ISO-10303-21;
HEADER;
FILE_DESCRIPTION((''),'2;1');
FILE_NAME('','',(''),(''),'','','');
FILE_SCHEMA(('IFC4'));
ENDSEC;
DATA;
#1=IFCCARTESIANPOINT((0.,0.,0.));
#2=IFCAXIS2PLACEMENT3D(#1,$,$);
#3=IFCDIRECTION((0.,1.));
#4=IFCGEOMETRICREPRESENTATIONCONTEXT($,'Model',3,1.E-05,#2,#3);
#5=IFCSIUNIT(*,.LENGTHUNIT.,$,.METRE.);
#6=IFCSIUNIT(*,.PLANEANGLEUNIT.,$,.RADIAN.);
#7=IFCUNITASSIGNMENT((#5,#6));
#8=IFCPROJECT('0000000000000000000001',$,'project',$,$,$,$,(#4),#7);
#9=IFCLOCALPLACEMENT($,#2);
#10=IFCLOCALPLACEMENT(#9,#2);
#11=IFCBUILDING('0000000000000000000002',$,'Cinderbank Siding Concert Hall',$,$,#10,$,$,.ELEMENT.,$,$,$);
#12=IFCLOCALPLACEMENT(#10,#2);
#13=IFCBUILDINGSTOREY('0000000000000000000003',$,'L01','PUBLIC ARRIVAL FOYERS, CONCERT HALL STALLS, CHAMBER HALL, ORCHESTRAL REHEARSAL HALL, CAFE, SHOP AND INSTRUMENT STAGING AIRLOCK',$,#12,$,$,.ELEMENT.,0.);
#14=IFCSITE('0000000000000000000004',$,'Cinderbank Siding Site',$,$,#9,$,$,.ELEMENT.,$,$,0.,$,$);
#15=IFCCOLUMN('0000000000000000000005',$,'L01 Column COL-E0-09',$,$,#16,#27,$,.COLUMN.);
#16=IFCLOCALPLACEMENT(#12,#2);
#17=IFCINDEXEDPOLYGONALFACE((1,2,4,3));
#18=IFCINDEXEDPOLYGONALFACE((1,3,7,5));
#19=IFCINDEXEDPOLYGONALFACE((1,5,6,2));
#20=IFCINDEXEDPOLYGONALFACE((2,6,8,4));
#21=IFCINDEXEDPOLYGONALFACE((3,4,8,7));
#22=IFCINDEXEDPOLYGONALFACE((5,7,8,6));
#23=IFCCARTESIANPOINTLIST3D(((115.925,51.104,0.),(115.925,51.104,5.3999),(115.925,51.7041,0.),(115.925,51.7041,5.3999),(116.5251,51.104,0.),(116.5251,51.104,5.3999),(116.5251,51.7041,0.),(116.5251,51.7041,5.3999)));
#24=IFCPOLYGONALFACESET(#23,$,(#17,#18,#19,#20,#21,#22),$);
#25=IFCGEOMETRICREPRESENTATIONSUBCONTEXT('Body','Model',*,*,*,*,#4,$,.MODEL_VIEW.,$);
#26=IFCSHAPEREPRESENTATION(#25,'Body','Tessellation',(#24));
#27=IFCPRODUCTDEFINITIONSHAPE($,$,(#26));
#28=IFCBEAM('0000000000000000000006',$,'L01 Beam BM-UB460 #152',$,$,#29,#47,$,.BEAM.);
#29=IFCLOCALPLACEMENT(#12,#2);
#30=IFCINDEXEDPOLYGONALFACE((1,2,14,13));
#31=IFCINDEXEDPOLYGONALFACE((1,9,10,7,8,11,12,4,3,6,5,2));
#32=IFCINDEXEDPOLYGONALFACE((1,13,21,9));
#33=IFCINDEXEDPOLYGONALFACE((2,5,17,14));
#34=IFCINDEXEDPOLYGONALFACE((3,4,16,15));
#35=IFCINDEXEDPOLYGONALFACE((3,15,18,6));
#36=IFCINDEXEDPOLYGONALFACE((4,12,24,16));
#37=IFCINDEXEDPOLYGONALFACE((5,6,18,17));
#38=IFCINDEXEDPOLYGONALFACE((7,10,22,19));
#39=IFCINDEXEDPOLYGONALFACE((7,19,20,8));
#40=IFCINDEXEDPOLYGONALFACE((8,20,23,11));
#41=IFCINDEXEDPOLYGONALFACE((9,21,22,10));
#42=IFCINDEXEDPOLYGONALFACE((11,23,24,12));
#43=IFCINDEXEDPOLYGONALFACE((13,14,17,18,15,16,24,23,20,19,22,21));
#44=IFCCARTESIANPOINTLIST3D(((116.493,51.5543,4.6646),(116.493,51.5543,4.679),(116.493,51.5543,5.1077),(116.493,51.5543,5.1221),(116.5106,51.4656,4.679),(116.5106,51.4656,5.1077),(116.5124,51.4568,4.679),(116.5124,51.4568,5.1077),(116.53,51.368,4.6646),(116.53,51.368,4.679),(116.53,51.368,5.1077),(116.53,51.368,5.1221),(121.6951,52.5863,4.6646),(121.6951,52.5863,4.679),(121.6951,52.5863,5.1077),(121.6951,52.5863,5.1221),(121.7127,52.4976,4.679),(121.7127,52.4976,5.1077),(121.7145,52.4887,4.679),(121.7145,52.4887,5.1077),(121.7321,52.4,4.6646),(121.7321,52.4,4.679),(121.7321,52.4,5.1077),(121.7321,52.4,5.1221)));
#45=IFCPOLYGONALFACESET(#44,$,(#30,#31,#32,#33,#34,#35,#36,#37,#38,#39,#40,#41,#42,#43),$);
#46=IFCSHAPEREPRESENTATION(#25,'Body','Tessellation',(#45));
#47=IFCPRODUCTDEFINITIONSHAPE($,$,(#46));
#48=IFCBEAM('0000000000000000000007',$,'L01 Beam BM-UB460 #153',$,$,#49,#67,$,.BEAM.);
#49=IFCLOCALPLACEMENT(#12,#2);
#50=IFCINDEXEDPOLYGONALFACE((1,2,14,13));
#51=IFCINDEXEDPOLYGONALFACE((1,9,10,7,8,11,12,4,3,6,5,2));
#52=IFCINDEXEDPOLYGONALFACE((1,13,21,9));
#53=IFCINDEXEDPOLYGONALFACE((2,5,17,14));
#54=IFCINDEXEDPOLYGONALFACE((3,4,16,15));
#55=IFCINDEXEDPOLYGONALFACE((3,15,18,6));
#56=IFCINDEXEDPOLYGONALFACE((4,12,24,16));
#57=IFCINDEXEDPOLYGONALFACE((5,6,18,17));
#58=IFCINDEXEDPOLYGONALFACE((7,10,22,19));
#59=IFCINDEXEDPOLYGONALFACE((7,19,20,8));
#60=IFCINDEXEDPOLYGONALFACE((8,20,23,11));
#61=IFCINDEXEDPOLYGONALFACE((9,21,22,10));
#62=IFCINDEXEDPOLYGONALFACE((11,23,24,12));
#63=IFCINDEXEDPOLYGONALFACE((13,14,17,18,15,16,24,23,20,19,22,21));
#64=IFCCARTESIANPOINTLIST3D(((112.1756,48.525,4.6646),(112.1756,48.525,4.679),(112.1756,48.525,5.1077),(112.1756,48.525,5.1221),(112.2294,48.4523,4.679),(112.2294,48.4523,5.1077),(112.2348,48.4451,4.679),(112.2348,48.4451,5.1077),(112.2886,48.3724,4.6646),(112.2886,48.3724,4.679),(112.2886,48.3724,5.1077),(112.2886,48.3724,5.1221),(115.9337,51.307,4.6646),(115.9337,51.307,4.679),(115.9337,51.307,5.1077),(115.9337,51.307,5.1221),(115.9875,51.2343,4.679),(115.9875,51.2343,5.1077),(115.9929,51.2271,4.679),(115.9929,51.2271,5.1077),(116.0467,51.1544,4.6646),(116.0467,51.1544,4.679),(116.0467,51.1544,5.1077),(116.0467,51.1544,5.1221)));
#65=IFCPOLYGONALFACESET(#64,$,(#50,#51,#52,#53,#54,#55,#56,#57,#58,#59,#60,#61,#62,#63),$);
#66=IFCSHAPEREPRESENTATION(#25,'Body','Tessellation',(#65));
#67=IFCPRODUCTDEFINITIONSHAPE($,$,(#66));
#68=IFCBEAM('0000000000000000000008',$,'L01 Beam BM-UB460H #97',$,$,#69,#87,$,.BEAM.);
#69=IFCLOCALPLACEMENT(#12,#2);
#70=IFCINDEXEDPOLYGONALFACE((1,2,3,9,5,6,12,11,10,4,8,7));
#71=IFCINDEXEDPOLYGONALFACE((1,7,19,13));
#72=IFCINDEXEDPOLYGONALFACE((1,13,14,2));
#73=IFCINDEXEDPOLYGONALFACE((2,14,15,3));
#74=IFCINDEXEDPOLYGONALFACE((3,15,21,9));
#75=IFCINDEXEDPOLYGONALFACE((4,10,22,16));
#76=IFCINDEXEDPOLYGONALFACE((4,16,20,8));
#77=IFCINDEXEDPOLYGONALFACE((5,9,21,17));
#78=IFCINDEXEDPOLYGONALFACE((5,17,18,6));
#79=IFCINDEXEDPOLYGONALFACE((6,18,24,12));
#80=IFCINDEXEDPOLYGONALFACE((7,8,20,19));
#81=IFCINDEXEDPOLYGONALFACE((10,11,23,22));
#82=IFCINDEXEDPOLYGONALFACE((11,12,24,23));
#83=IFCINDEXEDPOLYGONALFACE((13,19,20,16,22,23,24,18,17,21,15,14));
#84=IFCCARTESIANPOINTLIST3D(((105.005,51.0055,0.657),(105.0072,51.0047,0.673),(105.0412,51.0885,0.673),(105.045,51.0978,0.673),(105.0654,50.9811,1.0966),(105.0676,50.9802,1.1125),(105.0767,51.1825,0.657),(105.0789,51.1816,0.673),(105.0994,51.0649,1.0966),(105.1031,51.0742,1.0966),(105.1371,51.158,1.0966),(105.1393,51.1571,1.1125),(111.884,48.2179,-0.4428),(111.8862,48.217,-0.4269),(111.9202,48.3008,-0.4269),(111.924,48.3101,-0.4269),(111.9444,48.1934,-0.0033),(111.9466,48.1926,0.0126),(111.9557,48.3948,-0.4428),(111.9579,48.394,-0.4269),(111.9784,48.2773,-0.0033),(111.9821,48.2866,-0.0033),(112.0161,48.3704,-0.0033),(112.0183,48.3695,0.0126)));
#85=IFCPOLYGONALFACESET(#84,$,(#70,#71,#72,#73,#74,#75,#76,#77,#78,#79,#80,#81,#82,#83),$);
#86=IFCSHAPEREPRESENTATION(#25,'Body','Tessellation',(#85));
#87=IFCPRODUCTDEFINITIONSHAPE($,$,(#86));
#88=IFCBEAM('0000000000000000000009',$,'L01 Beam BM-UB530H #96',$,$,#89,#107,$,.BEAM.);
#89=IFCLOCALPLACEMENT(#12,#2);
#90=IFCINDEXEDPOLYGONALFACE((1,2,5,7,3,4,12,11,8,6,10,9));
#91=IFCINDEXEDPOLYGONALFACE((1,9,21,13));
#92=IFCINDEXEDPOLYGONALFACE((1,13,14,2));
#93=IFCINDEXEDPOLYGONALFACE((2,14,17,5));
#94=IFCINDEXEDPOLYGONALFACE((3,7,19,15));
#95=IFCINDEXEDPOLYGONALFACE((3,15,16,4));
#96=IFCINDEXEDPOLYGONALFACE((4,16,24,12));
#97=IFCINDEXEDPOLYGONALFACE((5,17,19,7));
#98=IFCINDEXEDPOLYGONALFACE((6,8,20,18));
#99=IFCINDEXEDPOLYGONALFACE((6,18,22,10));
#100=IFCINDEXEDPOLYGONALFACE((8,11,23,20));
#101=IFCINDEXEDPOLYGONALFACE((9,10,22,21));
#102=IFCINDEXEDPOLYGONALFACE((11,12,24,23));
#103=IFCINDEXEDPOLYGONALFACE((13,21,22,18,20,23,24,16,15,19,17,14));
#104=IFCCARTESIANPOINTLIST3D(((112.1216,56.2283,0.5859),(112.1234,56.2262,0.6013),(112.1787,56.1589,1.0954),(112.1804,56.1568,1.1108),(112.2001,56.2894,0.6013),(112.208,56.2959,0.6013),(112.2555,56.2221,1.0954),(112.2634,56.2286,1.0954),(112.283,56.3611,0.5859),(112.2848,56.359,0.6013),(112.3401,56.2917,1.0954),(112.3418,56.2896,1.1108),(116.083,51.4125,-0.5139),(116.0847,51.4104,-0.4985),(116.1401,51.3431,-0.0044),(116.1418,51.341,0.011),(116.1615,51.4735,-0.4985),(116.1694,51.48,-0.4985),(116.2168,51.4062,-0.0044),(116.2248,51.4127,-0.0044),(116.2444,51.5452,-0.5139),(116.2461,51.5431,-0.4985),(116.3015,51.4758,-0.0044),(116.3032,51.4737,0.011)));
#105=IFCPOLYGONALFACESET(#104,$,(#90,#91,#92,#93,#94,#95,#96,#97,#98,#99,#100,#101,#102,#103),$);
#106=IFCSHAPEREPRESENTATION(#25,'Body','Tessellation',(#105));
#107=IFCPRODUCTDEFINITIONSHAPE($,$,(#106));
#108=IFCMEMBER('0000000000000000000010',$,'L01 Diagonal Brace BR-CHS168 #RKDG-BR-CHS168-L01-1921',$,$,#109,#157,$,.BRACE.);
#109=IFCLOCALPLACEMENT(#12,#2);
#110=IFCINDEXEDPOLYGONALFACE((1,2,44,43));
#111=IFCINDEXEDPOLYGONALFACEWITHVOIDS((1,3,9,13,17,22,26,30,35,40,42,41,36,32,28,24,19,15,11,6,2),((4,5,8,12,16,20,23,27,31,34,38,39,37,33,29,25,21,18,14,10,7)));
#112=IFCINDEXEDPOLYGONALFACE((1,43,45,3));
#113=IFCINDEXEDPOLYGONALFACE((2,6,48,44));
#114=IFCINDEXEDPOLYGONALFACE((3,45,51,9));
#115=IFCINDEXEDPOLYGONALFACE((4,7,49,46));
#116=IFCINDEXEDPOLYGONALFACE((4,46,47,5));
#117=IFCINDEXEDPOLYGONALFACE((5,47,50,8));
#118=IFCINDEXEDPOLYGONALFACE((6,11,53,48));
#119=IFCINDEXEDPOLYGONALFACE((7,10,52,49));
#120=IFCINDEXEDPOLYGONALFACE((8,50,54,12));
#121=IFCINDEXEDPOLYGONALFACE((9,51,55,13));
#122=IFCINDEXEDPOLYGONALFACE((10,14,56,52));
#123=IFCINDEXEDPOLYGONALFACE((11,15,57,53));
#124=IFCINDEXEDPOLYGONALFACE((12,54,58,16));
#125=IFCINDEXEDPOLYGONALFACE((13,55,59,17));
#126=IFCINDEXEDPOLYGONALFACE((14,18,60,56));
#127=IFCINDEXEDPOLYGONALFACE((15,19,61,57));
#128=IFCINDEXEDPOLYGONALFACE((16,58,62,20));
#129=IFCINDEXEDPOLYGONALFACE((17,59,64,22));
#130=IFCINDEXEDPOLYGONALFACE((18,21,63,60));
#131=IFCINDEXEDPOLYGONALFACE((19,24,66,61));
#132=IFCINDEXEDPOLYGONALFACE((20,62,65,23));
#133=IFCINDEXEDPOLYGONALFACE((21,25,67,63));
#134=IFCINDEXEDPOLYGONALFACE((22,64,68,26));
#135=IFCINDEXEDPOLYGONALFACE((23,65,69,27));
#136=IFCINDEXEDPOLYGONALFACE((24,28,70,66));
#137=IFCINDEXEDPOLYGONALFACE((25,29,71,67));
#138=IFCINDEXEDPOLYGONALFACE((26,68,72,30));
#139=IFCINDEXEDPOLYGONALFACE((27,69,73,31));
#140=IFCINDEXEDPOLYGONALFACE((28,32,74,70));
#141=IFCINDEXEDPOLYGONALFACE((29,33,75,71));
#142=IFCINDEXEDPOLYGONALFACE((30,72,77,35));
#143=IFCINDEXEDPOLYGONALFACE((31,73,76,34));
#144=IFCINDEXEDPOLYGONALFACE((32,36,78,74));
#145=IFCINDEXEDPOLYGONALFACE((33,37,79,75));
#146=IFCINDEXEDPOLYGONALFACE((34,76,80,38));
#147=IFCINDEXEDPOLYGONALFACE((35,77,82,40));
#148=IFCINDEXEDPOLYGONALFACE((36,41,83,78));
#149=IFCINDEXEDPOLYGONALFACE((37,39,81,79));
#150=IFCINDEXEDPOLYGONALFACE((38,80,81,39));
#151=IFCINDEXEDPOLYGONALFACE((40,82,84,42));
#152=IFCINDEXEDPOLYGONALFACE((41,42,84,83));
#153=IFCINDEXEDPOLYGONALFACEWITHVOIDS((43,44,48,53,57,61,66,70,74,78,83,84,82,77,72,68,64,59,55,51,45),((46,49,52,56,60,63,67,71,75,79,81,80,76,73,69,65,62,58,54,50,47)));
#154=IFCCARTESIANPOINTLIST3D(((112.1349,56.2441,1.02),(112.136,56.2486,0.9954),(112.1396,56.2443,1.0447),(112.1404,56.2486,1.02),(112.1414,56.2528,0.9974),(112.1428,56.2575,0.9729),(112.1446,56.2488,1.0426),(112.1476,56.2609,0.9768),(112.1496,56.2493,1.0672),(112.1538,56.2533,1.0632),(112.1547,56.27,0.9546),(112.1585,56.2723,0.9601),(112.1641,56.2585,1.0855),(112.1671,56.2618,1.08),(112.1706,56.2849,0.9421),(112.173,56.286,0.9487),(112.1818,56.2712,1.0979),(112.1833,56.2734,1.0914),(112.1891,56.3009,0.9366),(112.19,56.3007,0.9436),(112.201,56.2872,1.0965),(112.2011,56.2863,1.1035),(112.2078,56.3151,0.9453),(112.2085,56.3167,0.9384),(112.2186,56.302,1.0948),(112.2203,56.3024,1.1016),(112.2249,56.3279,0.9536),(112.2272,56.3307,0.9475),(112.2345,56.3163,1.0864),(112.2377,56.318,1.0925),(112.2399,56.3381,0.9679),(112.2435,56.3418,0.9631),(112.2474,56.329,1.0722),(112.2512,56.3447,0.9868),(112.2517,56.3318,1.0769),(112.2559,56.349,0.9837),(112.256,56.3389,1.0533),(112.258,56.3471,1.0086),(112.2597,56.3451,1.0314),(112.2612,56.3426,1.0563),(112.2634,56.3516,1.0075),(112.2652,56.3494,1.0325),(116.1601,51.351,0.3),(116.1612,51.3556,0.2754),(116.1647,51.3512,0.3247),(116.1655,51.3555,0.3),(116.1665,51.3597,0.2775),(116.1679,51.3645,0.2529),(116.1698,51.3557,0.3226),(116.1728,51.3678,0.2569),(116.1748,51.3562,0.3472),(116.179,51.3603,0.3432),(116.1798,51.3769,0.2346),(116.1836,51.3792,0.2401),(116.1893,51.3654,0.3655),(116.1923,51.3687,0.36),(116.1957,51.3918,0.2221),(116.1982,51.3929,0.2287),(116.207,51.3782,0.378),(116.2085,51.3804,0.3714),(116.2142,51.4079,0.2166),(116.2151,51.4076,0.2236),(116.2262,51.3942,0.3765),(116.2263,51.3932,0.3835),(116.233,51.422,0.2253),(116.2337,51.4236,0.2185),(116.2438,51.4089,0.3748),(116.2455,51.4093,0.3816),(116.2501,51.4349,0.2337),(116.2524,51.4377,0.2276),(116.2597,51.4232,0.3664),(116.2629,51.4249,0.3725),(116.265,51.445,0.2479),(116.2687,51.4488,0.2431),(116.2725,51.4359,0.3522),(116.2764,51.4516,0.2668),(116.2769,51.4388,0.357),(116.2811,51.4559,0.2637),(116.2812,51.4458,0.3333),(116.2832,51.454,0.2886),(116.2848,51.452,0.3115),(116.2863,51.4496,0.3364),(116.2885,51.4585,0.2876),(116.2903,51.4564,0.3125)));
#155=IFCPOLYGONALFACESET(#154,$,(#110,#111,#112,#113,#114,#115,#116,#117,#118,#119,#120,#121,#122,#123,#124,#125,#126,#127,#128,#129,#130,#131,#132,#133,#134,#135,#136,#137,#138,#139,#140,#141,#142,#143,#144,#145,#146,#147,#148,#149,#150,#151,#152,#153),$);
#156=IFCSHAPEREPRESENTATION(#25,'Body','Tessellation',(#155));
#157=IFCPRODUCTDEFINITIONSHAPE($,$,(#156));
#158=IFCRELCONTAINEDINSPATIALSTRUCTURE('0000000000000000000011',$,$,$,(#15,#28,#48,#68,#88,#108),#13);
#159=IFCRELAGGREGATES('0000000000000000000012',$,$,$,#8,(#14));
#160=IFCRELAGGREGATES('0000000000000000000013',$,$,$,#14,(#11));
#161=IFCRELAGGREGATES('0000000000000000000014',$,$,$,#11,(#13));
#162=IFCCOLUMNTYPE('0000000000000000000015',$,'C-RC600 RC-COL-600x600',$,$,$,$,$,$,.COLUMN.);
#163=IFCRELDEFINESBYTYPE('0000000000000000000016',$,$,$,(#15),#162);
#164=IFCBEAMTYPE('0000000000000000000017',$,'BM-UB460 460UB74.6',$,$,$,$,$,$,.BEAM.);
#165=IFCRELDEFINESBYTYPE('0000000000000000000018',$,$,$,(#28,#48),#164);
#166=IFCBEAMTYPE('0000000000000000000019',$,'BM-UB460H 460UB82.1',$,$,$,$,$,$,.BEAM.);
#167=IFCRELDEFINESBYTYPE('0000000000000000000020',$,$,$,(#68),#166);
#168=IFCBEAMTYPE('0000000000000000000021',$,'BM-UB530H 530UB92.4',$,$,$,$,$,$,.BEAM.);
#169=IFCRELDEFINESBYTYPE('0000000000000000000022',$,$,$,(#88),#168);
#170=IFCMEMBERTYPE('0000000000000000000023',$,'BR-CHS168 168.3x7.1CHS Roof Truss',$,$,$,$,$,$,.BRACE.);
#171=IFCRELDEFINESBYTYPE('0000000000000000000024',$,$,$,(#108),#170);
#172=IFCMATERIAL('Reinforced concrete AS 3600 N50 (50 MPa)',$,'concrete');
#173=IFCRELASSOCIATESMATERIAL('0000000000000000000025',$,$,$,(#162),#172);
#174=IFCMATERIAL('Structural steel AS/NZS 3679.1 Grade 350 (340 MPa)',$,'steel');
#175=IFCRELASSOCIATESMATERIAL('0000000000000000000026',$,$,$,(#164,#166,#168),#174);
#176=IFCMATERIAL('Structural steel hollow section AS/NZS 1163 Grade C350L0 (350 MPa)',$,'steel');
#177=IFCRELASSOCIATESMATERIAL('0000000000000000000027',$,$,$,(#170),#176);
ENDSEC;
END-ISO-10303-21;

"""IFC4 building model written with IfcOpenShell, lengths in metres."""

from ifc_helpers import new_model, si_unit, direction, frame, origin, origin_2d, place, context, subcontext, project, spatial, rectangle, hollow_circle, i_section, extrude, material, material_profile, profile_set, type_object, element, save


model = new_model("IFC4")

# Units and contexts
model_context = context("Model", 3, precision=1e-05, world=origin(), true_north=direction((0.0, 1.0)))
body_context = subcontext(model_context, "Body", "Model", "MODEL_VIEW")
ifc_project = project(units=[si_unit("LENGTHUNIT", "METRE"), si_unit("PLANEANGLEUNIT", "RADIAN")], contexts=[model_context])

# Site, building, storey
site_placement = place(None, origin())
site = spatial("IfcSite", under=ifc_project, at=site_placement, Name="Cinderbank Siding Site", CompositionType="ELEMENT", RefElevation=0.0)
building_placement = place(site_placement, origin())
building = spatial("IfcBuilding", under=site, at=building_placement, Name="Cinderbank Siding Concert Hall", CompositionType="ELEMENT")
storey_placement = place(building_placement, origin())
storey = spatial("IfcBuildingStorey", under=building, at=storey_placement, Name="L01", Description="PUBLIC ARRIVAL FOYERS, CONCERT HALL STALLS, CHAMBER HALL, ORCHESTRAL REHEARSAL HALL, CAFE, SHOP AND INSTRUMENT STAGING AIRLOCK", CompositionType="ELEMENT", Elevation=0.0)

# Column
ifc_material_1 = material(Name="Reinforced concrete AS 3600 N50 (50 MPa)", Category="concrete")
ifc_material_profile_1 = material_profile(ifc_material_1, rectangle(XDim=0.6001, YDim=0.6001, at=origin_2d()), Name="RC-COL-600x600", Category="LoadBearing")
ifc_profile_set_1 = profile_set([ifc_material_profile_1], Name="Reinforced concrete AS 3600 N50 (50 MPa)")
column_type = type_object("IfcColumnType", Name="C-RC600 RC-COL-600x600", PredefinedType="COLUMN", material=ifc_profile_set_1)
column_placement = place(storey_placement, frame((116.2251, 51.4041, 0.0), z_axis=(0.0, 0.0, 1.0), x_axis=(1.0, 0.0, 0.0)))
element("IfcColumn", 1, at=column_placement, inside=storey, type_object=column_type, Name="L01 Column COL-E0-09", PredefinedType="COLUMN", context=body_context, shape_type="SweptSolid", body=[
    extrude(rectangle(XDim=0.6001, YDim=0.6001, at=origin_2d()), origin(), (0.0, 0.0, 1.0), 5.3999),
])

# Beams
ifc_material_2 = material(Name="Structural steel AS/NZS 3679.1 Grade 350 (340 MPa)", Category="steel")
ifc_material_profile_2 = material_profile(ifc_material_2, i_section(OverallWidth=0.1899, OverallDepth=0.4575, WebThickness=0.009, FlangeThickness=0.0144, at=origin_2d()), Name="460UB74.6", Category="LoadBearing")
ifc_profile_set_2 = profile_set([ifc_material_profile_2], Name="Structural steel AS/NZS 3679.1 Grade 350 (340 MPa)")
beam_type_1 = type_object("IfcBeamType", Name="BM-UB460 460UB74.6", PredefinedType="BEAM", material=ifc_profile_set_2)
beam_1_placement = place(storey_placement, frame((121.7136, 52.4932, 4.8933), z_axis=(-0.980886, -0.194584, 0.0), x_axis=(0.194584, -0.980886, 0.0)))
element("IfcBeam", 2, at=beam_1_placement, inside=storey, type_object=beam_type_1, Name="L01 Beam BM-UB460 #152", PredefinedType="BEAM", context=body_context, shape_type="SweptSolid", body=[
    extrude(i_section(OverallWidth=0.1899, OverallDepth=0.4575, WebThickness=0.009, FlangeThickness=0.0144, at=origin_2d()), origin(), (0.0, 0.0, 1.0), 5.3035),
])
beam_2_placement = place(storey_placement, frame((115.9902, 51.2307, 4.8933), z_axis=(-0.803738, -0.594984, 0.0), x_axis=(0.594984, -0.803738, 0.0)))
element("IfcBeam", 3, at=beam_2_placement, inside=storey, type_object=beam_type_1, Name="L01 Beam BM-UB460 #153", PredefinedType="BEAM", context=body_context, shape_type="SweptSolid", body=[
    extrude(i_section(OverallWidth=0.1899, OverallDepth=0.4575, WebThickness=0.009, FlangeThickness=0.0144, at=origin_2d()), origin(), (0.0, 0.0, 1.0), 4.6758),
])
ifc_material_profile_3 = material_profile(ifc_material_2, i_section(OverallWidth=0.1909, OverallDepth=0.4604, WebThickness=0.01, FlangeThickness=0.0161, at=origin_2d()), Name="460UB82.1", Category="LoadBearing")
ifc_profile_set_3 = profile_set([ifc_material_profile_3], Name="Structural steel AS/NZS 3679.1 Grade 350 (340 MPa)")
beam_type_2 = type_object("IfcBeamType", Name="BM-UB460H 460UB82.1", PredefinedType="BEAM", material=ifc_profile_set_3)
beam_3_placement = place(storey_placement, frame((111.9512, 48.2937, -0.2151), z_axis=(-0.916782, 0.371515, 0.146582), x_axis=(-0.375572, -0.926793, 0.0)))
element("IfcBeam", 4, at=beam_3_placement, inside=storey, type_object=beam_type_2, Name="L01 Beam BM-UB460H #97", PredefinedType="BEAM", context=body_context, shape_type="SweptSolid", body=[
    extrude(i_section(OverallWidth=0.1909, OverallDepth=0.4604, WebThickness=0.01, FlangeThickness=0.0161, at=origin_2d()), origin(), (0.0, 0.0, 1.0), 7.5034),
])
ifc_material_profile_4 = material_profile(ifc_material_2, i_section(OverallWidth=0.209, OverallDepth=0.533, WebThickness=0.0103, FlangeThickness=0.0156, at=origin_2d()), Name="530UB92.4", Category="LoadBearing")
ifc_profile_set_4 = profile_set([ifc_material_profile_4], Name="Structural steel AS/NZS 3679.1 Grade 350 (340 MPa)")
beam_type_3 = type_object("IfcBeamType", Name="BM-UB530H 530UB92.4", PredefinedType="BEAM", material=ifc_profile_set_4)
beam_4_placement = place(storey_placement, frame((116.1931, 51.4431, -0.2515), z_axis=(-0.625609, 0.760555, 0.173695), x_axis=(-0.772294, -0.635265, 0.0)))
element("IfcBeam", 5, at=beam_4_placement, inside=storey, type_object=beam_type_3, Name="L01 Beam BM-UB530H #96", PredefinedType="BEAM", context=body_context, shape_type="SweptSolid", body=[
    extrude(i_section(OverallWidth=0.209, OverallDepth=0.533, WebThickness=0.0103, FlangeThickness=0.0156, at=origin_2d()), origin(), (0.0, 0.0, 1.0), 6.332),
])

# Member
ifc_material_3 = material(Name="Structural steel hollow section AS/NZS 1163 Grade C350L0 (350 MPa)", Category="steel")
ifc_material_profile_5 = material_profile(ifc_material_3, hollow_circle(Radius=0.0842, WallThickness=0.0071, at=origin_2d()), Name="168.3x7.1CHS", Category="LoadBearing")
ifc_profile_set_5 = profile_set([ifc_material_profile_5], Name="Structural steel hollow section AS/NZS 1163 Grade C350L0 (350 MPa)")
member_type_1 = type_object("IfcMemberType", Name="BR-CHS168 168.3x7.1CHS Roof Truss", PredefinedType="BRACE", material=ifc_profile_set_5)
member_1_placement = place(storey_placement, frame((116.2251, 51.4045, 0.3), z_axis=(-0.631228, 0.767336, 0.112907), x_axis=(-0.772274, -0.63529, 0.0)))
element("IfcMember", 6, at=member_1_placement, inside=storey, type_object=member_type_1, Name="L01 Diagonal Brace BR-CHS168 #RKDG-BR-CHS168-L01-1921", PredefinedType="BRACE", context=body_context, shape_type="SweptSolid", body=[
    extrude(hollow_circle(Radius=0.0842, WallThickness=0.0071, at=origin_2d()), origin(), (0.0, 0.0, 1.0), 6.3767),
])

save(model, "model.ifc")
